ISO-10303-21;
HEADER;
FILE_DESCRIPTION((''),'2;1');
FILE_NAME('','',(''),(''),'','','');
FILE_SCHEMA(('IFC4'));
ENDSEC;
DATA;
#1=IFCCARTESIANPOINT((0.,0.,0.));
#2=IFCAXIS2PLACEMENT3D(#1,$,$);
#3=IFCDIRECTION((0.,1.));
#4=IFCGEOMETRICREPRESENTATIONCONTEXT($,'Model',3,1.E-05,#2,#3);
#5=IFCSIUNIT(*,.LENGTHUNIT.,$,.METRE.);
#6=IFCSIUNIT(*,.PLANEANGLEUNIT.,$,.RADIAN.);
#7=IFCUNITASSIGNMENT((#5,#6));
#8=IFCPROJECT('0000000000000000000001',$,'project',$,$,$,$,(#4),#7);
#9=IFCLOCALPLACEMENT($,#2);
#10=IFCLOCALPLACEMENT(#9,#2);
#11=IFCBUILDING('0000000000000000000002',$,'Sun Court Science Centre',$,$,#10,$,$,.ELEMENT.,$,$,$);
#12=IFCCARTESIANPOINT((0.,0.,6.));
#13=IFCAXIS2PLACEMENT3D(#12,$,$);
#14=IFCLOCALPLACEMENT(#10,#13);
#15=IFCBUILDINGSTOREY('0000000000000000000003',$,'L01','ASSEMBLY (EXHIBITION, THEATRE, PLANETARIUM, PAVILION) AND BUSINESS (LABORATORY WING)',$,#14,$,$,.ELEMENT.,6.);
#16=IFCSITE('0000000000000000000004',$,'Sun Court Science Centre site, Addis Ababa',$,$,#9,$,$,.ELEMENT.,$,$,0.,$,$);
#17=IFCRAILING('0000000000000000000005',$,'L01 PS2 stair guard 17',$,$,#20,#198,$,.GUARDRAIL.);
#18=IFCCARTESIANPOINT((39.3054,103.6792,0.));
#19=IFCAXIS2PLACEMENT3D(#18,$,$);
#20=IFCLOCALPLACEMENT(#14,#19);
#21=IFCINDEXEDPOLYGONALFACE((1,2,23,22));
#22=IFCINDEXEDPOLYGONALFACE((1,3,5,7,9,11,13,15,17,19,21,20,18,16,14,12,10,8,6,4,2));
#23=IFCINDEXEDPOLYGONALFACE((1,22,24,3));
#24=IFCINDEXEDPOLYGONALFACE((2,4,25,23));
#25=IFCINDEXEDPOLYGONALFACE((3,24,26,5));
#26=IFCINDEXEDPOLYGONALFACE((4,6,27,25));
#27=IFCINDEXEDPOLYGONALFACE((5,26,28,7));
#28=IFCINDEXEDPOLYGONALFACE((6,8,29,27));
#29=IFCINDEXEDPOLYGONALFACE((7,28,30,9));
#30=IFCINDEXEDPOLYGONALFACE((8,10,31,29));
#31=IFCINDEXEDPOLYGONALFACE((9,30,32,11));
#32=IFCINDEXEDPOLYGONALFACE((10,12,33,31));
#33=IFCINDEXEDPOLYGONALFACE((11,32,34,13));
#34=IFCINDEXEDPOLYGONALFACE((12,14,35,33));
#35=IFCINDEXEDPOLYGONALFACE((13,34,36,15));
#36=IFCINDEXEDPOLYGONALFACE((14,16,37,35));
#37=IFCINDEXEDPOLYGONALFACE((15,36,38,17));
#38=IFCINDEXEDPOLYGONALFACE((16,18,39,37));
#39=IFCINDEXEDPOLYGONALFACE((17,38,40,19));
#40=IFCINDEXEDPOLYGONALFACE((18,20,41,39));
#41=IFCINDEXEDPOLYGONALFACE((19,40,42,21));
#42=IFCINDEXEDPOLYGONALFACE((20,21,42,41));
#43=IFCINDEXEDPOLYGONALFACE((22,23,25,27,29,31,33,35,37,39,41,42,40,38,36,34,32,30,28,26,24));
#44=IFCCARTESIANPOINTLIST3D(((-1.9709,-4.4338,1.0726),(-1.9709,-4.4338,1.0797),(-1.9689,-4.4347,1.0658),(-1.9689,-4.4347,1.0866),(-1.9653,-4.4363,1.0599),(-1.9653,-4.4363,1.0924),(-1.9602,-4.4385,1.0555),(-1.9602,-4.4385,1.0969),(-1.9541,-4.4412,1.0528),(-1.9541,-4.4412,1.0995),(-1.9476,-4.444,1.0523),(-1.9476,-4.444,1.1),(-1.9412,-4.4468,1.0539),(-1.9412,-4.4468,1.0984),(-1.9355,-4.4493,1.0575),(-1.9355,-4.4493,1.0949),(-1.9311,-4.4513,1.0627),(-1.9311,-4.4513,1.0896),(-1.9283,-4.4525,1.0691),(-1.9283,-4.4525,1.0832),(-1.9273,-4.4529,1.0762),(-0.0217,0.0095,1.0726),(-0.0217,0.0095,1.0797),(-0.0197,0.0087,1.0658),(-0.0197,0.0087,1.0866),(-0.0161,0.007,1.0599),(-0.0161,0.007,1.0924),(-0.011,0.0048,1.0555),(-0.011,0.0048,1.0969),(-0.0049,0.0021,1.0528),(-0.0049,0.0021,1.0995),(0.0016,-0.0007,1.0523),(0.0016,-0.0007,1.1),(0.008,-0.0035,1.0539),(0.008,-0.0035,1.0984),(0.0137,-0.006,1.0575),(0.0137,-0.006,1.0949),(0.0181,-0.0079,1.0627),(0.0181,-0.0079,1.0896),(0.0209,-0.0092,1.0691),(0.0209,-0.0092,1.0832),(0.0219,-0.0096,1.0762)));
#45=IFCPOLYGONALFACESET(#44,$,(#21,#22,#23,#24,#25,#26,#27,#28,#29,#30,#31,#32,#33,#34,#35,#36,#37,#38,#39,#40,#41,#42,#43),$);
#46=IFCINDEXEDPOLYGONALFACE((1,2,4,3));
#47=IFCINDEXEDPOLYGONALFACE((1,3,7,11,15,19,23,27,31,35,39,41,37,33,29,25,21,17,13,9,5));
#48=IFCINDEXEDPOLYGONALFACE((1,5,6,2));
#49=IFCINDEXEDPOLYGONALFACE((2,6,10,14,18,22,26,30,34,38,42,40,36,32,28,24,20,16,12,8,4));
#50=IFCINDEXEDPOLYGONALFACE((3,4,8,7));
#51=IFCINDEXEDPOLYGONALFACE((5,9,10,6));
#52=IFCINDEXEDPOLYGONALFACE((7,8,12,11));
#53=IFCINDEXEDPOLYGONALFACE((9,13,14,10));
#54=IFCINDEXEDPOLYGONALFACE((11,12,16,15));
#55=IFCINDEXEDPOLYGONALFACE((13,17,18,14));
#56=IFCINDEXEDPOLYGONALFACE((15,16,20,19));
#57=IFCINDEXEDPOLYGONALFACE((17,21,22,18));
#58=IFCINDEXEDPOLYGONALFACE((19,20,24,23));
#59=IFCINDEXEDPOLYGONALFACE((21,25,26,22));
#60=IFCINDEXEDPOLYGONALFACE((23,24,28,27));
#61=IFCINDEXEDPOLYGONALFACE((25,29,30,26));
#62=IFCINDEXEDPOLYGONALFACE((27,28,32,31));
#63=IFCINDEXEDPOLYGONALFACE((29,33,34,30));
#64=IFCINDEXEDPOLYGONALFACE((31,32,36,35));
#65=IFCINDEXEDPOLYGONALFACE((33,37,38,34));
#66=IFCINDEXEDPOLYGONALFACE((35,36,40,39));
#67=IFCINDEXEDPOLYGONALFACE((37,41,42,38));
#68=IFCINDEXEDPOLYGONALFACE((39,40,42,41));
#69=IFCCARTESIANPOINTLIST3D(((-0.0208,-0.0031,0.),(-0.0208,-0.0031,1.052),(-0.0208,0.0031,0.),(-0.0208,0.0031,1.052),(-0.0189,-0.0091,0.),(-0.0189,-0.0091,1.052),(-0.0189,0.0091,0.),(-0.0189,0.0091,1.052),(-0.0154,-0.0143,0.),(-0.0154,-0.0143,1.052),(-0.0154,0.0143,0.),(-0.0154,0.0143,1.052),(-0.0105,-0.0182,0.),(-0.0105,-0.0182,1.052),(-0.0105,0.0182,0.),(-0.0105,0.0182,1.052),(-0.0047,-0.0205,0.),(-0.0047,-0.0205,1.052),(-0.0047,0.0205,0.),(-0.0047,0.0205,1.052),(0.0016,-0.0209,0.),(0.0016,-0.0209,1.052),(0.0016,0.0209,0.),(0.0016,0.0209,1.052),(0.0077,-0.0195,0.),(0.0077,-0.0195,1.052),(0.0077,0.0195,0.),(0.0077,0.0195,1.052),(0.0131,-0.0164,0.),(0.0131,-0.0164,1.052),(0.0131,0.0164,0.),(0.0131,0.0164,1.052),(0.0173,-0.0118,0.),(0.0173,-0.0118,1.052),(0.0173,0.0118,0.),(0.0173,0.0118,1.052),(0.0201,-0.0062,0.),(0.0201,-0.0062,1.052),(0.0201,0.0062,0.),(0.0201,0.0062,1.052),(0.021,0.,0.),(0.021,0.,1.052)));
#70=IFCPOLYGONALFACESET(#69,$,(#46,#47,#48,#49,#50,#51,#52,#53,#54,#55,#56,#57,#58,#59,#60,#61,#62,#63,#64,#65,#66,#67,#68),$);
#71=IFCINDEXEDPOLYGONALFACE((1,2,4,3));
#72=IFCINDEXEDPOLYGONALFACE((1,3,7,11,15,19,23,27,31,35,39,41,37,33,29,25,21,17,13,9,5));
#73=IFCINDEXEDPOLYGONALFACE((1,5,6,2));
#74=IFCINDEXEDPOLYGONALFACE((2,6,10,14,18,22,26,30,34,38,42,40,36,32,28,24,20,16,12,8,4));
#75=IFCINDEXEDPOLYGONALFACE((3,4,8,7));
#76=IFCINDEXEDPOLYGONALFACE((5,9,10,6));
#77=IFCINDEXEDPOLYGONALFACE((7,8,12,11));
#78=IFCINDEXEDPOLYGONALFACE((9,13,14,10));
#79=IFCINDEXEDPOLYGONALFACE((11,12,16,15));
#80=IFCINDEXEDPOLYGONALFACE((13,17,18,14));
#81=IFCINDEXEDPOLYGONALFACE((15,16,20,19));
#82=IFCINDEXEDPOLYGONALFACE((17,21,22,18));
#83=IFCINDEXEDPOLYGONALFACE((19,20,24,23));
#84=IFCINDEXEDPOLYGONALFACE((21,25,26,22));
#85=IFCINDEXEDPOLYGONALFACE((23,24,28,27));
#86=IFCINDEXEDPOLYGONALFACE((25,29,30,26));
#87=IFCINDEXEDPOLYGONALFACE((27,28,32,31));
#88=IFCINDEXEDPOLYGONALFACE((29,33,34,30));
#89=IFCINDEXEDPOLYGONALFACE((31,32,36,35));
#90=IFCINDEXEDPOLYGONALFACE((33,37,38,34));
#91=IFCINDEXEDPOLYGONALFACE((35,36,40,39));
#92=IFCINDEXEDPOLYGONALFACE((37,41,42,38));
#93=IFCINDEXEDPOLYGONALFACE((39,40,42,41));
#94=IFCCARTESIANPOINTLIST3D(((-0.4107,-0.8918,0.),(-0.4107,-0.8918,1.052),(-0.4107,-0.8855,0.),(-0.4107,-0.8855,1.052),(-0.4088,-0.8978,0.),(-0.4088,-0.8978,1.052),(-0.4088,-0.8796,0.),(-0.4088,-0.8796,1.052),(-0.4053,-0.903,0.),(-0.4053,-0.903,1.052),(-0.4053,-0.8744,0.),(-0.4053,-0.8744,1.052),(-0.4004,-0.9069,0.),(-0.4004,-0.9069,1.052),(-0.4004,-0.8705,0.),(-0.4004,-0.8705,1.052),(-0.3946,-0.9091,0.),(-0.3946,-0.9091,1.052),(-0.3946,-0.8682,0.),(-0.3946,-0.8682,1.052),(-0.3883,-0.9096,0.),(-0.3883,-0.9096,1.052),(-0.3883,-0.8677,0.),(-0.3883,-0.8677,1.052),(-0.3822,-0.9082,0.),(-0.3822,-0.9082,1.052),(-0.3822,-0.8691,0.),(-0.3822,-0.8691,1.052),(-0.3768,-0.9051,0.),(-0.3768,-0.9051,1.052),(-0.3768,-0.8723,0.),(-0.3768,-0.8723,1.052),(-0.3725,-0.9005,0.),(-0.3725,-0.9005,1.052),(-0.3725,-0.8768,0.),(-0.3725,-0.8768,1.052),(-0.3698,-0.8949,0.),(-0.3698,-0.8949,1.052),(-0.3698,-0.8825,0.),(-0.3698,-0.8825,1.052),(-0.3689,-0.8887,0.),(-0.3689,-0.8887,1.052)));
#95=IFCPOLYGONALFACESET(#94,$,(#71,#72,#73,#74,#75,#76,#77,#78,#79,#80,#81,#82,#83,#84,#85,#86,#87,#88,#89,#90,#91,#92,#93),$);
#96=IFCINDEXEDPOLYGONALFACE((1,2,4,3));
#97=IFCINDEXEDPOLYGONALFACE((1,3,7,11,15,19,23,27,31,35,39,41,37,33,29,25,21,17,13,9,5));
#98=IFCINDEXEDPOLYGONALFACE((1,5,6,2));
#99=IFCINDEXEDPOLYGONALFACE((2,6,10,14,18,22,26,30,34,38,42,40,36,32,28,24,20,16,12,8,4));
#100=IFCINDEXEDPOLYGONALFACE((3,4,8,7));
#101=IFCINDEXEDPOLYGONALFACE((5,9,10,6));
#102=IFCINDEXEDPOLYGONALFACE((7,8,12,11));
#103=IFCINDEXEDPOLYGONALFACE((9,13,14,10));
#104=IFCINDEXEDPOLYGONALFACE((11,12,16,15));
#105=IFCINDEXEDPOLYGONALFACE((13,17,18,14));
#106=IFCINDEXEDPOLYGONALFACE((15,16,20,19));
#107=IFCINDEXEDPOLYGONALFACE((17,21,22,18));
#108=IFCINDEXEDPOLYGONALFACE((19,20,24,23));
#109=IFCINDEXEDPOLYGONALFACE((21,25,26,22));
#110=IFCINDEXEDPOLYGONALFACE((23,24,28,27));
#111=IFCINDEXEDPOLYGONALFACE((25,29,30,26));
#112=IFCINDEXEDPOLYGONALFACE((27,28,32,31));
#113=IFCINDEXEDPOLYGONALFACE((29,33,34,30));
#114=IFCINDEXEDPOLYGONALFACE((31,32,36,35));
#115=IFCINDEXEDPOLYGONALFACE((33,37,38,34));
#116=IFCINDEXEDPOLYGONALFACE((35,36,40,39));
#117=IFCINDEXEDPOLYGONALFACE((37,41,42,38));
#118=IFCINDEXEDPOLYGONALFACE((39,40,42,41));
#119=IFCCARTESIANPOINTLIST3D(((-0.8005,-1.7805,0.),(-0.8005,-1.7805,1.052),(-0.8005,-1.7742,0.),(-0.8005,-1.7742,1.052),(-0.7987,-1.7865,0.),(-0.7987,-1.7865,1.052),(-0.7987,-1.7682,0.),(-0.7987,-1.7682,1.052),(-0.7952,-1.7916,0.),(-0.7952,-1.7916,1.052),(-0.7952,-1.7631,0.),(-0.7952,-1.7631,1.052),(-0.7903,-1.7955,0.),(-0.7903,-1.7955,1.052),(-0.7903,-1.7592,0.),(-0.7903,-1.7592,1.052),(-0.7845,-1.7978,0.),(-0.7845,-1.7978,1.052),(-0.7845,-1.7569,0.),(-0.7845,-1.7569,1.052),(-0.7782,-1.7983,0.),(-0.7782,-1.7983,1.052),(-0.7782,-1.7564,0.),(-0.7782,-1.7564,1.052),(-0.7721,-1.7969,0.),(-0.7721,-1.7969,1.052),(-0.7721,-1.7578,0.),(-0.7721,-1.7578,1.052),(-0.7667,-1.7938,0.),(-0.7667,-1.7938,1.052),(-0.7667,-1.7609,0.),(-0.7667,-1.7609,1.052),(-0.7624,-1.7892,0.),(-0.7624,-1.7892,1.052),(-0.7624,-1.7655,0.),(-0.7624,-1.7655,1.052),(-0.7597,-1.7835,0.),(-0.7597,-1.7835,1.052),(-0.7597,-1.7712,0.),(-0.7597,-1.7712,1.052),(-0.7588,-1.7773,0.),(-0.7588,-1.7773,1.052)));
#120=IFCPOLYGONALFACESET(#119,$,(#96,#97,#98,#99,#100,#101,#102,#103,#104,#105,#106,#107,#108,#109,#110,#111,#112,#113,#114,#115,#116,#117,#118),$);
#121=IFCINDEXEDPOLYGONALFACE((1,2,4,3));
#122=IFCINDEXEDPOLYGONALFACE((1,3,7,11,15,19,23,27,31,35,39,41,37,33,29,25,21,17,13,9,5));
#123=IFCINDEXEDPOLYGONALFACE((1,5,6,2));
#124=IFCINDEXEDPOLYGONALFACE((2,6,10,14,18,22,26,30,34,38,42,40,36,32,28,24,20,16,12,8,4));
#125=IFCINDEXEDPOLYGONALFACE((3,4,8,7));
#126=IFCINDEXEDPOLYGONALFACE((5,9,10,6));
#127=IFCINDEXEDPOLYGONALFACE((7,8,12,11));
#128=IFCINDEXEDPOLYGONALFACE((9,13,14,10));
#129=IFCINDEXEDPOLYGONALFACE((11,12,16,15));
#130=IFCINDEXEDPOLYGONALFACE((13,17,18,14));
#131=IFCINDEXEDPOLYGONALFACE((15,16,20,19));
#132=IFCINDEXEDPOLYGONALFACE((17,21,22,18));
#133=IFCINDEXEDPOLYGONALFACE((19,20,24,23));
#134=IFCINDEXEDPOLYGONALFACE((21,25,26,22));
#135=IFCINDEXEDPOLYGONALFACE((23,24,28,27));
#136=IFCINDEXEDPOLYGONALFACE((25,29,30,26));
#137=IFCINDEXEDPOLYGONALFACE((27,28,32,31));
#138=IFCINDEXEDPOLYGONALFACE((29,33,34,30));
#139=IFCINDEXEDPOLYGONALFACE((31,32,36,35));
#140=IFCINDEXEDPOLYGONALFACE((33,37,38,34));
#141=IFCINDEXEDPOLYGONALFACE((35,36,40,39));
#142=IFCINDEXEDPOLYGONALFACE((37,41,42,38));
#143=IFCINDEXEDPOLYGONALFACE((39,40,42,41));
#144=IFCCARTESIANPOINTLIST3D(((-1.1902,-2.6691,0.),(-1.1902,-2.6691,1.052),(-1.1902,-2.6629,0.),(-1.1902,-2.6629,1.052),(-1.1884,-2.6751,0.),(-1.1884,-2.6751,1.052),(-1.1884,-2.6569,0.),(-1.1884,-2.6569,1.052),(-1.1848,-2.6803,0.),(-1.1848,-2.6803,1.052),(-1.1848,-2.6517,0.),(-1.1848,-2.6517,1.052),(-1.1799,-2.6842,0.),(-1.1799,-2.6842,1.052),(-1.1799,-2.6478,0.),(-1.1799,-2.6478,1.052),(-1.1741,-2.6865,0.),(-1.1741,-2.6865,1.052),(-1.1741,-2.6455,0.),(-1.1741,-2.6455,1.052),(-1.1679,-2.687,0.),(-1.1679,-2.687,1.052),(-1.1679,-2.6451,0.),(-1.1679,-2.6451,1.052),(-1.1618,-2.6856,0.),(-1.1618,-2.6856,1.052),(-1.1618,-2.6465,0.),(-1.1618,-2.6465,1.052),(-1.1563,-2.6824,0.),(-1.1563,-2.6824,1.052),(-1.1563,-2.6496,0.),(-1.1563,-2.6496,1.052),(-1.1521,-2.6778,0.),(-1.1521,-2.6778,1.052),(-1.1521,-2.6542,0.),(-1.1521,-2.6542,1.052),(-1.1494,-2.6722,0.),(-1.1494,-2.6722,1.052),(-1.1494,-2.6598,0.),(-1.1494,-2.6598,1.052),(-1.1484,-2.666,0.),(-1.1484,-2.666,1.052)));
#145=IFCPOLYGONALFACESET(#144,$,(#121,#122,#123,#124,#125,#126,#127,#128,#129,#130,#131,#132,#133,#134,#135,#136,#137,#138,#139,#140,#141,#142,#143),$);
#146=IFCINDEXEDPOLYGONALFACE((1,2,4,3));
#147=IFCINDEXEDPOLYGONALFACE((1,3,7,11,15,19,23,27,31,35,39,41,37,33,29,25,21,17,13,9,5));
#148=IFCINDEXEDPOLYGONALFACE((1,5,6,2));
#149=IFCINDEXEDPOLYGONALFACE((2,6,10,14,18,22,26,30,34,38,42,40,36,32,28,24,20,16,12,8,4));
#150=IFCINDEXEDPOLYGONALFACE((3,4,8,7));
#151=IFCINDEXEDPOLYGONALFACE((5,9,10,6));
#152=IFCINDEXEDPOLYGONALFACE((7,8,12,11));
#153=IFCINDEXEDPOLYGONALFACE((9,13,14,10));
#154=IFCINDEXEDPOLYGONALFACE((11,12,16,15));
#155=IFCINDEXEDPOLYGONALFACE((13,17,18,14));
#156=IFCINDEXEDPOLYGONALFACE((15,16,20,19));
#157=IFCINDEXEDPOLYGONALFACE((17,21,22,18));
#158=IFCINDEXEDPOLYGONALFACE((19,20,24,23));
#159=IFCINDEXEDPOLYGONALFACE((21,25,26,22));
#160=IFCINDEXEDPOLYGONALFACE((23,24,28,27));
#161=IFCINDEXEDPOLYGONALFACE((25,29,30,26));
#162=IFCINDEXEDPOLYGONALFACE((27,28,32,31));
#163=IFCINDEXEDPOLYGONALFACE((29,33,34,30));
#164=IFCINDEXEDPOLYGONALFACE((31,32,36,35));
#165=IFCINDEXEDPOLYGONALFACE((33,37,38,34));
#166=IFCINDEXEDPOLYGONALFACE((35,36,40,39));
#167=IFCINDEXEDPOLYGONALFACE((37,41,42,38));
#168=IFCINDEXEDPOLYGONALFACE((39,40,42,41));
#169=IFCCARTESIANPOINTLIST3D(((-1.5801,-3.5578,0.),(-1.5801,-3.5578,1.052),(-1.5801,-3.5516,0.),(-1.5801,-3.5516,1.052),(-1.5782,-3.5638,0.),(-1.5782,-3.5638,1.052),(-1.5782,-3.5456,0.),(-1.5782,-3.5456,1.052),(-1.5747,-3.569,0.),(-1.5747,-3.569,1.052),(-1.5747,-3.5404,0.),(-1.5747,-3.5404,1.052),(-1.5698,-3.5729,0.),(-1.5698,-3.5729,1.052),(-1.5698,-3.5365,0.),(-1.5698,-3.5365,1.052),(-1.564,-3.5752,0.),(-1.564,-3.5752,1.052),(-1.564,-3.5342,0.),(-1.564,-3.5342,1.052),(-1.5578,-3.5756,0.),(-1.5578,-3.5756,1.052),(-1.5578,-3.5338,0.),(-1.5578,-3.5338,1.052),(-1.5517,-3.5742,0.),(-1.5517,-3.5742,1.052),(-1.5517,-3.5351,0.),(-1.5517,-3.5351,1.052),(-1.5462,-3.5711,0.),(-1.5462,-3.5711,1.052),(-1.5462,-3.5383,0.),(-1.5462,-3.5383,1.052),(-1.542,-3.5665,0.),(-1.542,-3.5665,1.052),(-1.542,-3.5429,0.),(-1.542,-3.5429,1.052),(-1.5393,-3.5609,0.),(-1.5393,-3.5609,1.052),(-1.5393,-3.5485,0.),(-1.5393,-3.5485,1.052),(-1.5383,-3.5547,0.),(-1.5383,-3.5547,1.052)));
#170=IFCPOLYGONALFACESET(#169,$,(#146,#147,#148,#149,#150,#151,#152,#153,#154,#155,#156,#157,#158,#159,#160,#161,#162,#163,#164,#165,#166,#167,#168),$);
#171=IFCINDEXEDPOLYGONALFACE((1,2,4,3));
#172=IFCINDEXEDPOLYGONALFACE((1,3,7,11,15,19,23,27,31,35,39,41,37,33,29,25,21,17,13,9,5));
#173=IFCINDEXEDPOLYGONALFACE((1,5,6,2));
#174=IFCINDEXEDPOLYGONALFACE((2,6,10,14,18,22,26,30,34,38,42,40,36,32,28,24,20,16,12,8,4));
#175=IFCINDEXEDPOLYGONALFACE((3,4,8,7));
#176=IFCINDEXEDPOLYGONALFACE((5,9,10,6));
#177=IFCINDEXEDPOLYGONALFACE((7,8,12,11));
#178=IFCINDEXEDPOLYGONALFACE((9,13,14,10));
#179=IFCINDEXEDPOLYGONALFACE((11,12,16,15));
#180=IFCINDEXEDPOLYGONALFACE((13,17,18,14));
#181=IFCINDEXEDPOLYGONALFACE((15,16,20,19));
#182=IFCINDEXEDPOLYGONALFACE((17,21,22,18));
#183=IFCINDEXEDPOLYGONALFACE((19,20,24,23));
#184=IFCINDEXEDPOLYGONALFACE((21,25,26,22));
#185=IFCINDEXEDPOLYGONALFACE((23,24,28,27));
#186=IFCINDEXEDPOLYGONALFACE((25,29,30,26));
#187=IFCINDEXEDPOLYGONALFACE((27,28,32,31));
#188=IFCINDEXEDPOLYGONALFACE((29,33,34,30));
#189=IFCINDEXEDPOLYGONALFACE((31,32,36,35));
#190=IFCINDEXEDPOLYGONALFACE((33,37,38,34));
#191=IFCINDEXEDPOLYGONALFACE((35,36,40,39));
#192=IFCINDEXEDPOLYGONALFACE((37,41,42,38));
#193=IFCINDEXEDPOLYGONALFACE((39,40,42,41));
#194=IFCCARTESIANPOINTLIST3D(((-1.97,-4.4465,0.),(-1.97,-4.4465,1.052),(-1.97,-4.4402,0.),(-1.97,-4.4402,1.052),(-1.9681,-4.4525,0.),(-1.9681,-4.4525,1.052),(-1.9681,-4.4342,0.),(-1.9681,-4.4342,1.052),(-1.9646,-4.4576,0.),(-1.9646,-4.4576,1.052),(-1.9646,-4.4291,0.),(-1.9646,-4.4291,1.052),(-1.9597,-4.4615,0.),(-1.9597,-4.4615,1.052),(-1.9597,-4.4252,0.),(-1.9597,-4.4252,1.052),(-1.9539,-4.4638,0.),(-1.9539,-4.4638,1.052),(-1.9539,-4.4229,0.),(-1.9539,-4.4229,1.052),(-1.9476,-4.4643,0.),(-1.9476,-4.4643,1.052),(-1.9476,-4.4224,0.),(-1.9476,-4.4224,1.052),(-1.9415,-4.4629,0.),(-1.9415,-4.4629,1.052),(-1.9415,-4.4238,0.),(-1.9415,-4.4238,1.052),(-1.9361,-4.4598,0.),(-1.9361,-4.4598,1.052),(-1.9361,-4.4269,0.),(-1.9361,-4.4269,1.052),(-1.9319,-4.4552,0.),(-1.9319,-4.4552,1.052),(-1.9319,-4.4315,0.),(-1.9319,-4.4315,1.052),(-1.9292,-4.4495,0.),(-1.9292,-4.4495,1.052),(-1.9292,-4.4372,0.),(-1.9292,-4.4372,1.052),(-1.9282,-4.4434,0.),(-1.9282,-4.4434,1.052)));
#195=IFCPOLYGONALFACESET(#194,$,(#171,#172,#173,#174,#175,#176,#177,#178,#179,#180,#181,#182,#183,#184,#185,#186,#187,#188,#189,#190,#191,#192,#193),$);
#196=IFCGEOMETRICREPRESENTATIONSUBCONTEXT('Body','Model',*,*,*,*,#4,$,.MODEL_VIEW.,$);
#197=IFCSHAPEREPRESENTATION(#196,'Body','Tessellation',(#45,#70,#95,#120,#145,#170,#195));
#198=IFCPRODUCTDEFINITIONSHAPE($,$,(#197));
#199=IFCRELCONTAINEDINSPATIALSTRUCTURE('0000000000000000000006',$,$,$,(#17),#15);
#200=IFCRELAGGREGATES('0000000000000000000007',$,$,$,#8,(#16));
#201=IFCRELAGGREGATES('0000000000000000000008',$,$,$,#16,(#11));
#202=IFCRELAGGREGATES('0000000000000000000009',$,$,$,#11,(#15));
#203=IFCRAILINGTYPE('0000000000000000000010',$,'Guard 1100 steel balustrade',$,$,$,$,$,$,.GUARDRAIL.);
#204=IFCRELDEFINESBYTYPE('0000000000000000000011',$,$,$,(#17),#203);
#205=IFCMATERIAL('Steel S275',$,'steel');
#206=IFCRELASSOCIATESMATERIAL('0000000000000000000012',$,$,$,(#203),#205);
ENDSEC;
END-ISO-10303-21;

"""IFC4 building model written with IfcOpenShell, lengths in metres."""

from ifc_helpers import new_model, si_unit, direction, frame, origin, origin_2d, place, context, subcontext, project, spatial, circle, extrude, material, type_object, element, save


model = new_model("IFC4")

# Units and contexts
model_context = context("Model", 3, precision=1e-05, world=origin(), true_north=direction((0.0, 1.0)))
body_context = subcontext(model_context, "Body", "Model", "MODEL_VIEW")
ifc_project = project(units=[si_unit("LENGTHUNIT", "METRE"), si_unit("PLANEANGLEUNIT", "RADIAN")], contexts=[model_context])

# Site, building, storey
site_placement = place(None, origin())
site = spatial("IfcSite", under=ifc_project, at=site_placement, Name="Sun Court Science Centre site, Addis Ababa", CompositionType="ELEMENT", RefElevation=0.0)
building_placement = place(site_placement, origin())
building = spatial("IfcBuilding", under=site, at=building_placement, Name="Sun Court Science Centre", CompositionType="ELEMENT")
storey_placement = place(building_placement, frame((0.0, 0.0, 6.0)))
storey = spatial("IfcBuildingStorey", under=building, at=storey_placement, Name="L01", Description="ASSEMBLY (EXHIBITION, THEATRE, PLANETARIUM, PAVILION) AND BUSINESS (LABORATORY WING)", CompositionType="ELEMENT", Elevation=6.0)

# Railing
ifc_material_1 = material(Name="Steel S275", Category="steel")
railing_type_1 = type_object("IfcRailingType", Name="Guard 1100 steel balustrade", PredefinedType="GUARDRAIL", material=ifc_material_1)
railing_1_placement = place(storey_placement, frame((39.3054, 103.6792, 0.0)))
element("IfcRailing", 1, at=railing_1_placement, inside=storey, type_object=railing_type_1, Name="L01 PS2 stair guard 17", PredefinedType="GUARDRAIL", context=body_context, shape_type="SweptSolid", body=[
    extrude(circle(Radius=0.0239, at=origin_2d()), frame((0.0, 0.0, 1.0762), z_axis=(-0.401727, -0.91576, 0.0), x_axis=(0.91576, -0.401727, 0.0)), (0.0, 0.0, 1.0), 4.8521),
    extrude(circle(Radius=0.021, at=origin_2d()), origin(), (0.0, 0.0, 1.0), 1.052),
    extrude(circle(Radius=0.021, at=origin_2d()), frame((-0.3899, -0.8887, 0.0)), (0.0, 0.0, 1.0), 1.052),
    extrude(circle(Radius=0.021, at=origin_2d()), frame((-0.7798, -1.7773, 0.0)), (0.0, 0.0, 1.0), 1.052),
    extrude(circle(Radius=0.021, at=origin_2d()), frame((-1.1694, -2.666, 0.0)), (0.0, 0.0, 1.0), 1.052),
    extrude(circle(Radius=0.021, at=origin_2d()), frame((-1.5593, -3.5547, 0.0)), (0.0, 0.0, 1.0), 1.052),
    extrude(circle(Radius=0.021, at=origin_2d()), frame((-1.9492, -4.4434, 0.0)), (0.0, 0.0, 1.0), 1.052),
])

save(model, "model.ifc")
